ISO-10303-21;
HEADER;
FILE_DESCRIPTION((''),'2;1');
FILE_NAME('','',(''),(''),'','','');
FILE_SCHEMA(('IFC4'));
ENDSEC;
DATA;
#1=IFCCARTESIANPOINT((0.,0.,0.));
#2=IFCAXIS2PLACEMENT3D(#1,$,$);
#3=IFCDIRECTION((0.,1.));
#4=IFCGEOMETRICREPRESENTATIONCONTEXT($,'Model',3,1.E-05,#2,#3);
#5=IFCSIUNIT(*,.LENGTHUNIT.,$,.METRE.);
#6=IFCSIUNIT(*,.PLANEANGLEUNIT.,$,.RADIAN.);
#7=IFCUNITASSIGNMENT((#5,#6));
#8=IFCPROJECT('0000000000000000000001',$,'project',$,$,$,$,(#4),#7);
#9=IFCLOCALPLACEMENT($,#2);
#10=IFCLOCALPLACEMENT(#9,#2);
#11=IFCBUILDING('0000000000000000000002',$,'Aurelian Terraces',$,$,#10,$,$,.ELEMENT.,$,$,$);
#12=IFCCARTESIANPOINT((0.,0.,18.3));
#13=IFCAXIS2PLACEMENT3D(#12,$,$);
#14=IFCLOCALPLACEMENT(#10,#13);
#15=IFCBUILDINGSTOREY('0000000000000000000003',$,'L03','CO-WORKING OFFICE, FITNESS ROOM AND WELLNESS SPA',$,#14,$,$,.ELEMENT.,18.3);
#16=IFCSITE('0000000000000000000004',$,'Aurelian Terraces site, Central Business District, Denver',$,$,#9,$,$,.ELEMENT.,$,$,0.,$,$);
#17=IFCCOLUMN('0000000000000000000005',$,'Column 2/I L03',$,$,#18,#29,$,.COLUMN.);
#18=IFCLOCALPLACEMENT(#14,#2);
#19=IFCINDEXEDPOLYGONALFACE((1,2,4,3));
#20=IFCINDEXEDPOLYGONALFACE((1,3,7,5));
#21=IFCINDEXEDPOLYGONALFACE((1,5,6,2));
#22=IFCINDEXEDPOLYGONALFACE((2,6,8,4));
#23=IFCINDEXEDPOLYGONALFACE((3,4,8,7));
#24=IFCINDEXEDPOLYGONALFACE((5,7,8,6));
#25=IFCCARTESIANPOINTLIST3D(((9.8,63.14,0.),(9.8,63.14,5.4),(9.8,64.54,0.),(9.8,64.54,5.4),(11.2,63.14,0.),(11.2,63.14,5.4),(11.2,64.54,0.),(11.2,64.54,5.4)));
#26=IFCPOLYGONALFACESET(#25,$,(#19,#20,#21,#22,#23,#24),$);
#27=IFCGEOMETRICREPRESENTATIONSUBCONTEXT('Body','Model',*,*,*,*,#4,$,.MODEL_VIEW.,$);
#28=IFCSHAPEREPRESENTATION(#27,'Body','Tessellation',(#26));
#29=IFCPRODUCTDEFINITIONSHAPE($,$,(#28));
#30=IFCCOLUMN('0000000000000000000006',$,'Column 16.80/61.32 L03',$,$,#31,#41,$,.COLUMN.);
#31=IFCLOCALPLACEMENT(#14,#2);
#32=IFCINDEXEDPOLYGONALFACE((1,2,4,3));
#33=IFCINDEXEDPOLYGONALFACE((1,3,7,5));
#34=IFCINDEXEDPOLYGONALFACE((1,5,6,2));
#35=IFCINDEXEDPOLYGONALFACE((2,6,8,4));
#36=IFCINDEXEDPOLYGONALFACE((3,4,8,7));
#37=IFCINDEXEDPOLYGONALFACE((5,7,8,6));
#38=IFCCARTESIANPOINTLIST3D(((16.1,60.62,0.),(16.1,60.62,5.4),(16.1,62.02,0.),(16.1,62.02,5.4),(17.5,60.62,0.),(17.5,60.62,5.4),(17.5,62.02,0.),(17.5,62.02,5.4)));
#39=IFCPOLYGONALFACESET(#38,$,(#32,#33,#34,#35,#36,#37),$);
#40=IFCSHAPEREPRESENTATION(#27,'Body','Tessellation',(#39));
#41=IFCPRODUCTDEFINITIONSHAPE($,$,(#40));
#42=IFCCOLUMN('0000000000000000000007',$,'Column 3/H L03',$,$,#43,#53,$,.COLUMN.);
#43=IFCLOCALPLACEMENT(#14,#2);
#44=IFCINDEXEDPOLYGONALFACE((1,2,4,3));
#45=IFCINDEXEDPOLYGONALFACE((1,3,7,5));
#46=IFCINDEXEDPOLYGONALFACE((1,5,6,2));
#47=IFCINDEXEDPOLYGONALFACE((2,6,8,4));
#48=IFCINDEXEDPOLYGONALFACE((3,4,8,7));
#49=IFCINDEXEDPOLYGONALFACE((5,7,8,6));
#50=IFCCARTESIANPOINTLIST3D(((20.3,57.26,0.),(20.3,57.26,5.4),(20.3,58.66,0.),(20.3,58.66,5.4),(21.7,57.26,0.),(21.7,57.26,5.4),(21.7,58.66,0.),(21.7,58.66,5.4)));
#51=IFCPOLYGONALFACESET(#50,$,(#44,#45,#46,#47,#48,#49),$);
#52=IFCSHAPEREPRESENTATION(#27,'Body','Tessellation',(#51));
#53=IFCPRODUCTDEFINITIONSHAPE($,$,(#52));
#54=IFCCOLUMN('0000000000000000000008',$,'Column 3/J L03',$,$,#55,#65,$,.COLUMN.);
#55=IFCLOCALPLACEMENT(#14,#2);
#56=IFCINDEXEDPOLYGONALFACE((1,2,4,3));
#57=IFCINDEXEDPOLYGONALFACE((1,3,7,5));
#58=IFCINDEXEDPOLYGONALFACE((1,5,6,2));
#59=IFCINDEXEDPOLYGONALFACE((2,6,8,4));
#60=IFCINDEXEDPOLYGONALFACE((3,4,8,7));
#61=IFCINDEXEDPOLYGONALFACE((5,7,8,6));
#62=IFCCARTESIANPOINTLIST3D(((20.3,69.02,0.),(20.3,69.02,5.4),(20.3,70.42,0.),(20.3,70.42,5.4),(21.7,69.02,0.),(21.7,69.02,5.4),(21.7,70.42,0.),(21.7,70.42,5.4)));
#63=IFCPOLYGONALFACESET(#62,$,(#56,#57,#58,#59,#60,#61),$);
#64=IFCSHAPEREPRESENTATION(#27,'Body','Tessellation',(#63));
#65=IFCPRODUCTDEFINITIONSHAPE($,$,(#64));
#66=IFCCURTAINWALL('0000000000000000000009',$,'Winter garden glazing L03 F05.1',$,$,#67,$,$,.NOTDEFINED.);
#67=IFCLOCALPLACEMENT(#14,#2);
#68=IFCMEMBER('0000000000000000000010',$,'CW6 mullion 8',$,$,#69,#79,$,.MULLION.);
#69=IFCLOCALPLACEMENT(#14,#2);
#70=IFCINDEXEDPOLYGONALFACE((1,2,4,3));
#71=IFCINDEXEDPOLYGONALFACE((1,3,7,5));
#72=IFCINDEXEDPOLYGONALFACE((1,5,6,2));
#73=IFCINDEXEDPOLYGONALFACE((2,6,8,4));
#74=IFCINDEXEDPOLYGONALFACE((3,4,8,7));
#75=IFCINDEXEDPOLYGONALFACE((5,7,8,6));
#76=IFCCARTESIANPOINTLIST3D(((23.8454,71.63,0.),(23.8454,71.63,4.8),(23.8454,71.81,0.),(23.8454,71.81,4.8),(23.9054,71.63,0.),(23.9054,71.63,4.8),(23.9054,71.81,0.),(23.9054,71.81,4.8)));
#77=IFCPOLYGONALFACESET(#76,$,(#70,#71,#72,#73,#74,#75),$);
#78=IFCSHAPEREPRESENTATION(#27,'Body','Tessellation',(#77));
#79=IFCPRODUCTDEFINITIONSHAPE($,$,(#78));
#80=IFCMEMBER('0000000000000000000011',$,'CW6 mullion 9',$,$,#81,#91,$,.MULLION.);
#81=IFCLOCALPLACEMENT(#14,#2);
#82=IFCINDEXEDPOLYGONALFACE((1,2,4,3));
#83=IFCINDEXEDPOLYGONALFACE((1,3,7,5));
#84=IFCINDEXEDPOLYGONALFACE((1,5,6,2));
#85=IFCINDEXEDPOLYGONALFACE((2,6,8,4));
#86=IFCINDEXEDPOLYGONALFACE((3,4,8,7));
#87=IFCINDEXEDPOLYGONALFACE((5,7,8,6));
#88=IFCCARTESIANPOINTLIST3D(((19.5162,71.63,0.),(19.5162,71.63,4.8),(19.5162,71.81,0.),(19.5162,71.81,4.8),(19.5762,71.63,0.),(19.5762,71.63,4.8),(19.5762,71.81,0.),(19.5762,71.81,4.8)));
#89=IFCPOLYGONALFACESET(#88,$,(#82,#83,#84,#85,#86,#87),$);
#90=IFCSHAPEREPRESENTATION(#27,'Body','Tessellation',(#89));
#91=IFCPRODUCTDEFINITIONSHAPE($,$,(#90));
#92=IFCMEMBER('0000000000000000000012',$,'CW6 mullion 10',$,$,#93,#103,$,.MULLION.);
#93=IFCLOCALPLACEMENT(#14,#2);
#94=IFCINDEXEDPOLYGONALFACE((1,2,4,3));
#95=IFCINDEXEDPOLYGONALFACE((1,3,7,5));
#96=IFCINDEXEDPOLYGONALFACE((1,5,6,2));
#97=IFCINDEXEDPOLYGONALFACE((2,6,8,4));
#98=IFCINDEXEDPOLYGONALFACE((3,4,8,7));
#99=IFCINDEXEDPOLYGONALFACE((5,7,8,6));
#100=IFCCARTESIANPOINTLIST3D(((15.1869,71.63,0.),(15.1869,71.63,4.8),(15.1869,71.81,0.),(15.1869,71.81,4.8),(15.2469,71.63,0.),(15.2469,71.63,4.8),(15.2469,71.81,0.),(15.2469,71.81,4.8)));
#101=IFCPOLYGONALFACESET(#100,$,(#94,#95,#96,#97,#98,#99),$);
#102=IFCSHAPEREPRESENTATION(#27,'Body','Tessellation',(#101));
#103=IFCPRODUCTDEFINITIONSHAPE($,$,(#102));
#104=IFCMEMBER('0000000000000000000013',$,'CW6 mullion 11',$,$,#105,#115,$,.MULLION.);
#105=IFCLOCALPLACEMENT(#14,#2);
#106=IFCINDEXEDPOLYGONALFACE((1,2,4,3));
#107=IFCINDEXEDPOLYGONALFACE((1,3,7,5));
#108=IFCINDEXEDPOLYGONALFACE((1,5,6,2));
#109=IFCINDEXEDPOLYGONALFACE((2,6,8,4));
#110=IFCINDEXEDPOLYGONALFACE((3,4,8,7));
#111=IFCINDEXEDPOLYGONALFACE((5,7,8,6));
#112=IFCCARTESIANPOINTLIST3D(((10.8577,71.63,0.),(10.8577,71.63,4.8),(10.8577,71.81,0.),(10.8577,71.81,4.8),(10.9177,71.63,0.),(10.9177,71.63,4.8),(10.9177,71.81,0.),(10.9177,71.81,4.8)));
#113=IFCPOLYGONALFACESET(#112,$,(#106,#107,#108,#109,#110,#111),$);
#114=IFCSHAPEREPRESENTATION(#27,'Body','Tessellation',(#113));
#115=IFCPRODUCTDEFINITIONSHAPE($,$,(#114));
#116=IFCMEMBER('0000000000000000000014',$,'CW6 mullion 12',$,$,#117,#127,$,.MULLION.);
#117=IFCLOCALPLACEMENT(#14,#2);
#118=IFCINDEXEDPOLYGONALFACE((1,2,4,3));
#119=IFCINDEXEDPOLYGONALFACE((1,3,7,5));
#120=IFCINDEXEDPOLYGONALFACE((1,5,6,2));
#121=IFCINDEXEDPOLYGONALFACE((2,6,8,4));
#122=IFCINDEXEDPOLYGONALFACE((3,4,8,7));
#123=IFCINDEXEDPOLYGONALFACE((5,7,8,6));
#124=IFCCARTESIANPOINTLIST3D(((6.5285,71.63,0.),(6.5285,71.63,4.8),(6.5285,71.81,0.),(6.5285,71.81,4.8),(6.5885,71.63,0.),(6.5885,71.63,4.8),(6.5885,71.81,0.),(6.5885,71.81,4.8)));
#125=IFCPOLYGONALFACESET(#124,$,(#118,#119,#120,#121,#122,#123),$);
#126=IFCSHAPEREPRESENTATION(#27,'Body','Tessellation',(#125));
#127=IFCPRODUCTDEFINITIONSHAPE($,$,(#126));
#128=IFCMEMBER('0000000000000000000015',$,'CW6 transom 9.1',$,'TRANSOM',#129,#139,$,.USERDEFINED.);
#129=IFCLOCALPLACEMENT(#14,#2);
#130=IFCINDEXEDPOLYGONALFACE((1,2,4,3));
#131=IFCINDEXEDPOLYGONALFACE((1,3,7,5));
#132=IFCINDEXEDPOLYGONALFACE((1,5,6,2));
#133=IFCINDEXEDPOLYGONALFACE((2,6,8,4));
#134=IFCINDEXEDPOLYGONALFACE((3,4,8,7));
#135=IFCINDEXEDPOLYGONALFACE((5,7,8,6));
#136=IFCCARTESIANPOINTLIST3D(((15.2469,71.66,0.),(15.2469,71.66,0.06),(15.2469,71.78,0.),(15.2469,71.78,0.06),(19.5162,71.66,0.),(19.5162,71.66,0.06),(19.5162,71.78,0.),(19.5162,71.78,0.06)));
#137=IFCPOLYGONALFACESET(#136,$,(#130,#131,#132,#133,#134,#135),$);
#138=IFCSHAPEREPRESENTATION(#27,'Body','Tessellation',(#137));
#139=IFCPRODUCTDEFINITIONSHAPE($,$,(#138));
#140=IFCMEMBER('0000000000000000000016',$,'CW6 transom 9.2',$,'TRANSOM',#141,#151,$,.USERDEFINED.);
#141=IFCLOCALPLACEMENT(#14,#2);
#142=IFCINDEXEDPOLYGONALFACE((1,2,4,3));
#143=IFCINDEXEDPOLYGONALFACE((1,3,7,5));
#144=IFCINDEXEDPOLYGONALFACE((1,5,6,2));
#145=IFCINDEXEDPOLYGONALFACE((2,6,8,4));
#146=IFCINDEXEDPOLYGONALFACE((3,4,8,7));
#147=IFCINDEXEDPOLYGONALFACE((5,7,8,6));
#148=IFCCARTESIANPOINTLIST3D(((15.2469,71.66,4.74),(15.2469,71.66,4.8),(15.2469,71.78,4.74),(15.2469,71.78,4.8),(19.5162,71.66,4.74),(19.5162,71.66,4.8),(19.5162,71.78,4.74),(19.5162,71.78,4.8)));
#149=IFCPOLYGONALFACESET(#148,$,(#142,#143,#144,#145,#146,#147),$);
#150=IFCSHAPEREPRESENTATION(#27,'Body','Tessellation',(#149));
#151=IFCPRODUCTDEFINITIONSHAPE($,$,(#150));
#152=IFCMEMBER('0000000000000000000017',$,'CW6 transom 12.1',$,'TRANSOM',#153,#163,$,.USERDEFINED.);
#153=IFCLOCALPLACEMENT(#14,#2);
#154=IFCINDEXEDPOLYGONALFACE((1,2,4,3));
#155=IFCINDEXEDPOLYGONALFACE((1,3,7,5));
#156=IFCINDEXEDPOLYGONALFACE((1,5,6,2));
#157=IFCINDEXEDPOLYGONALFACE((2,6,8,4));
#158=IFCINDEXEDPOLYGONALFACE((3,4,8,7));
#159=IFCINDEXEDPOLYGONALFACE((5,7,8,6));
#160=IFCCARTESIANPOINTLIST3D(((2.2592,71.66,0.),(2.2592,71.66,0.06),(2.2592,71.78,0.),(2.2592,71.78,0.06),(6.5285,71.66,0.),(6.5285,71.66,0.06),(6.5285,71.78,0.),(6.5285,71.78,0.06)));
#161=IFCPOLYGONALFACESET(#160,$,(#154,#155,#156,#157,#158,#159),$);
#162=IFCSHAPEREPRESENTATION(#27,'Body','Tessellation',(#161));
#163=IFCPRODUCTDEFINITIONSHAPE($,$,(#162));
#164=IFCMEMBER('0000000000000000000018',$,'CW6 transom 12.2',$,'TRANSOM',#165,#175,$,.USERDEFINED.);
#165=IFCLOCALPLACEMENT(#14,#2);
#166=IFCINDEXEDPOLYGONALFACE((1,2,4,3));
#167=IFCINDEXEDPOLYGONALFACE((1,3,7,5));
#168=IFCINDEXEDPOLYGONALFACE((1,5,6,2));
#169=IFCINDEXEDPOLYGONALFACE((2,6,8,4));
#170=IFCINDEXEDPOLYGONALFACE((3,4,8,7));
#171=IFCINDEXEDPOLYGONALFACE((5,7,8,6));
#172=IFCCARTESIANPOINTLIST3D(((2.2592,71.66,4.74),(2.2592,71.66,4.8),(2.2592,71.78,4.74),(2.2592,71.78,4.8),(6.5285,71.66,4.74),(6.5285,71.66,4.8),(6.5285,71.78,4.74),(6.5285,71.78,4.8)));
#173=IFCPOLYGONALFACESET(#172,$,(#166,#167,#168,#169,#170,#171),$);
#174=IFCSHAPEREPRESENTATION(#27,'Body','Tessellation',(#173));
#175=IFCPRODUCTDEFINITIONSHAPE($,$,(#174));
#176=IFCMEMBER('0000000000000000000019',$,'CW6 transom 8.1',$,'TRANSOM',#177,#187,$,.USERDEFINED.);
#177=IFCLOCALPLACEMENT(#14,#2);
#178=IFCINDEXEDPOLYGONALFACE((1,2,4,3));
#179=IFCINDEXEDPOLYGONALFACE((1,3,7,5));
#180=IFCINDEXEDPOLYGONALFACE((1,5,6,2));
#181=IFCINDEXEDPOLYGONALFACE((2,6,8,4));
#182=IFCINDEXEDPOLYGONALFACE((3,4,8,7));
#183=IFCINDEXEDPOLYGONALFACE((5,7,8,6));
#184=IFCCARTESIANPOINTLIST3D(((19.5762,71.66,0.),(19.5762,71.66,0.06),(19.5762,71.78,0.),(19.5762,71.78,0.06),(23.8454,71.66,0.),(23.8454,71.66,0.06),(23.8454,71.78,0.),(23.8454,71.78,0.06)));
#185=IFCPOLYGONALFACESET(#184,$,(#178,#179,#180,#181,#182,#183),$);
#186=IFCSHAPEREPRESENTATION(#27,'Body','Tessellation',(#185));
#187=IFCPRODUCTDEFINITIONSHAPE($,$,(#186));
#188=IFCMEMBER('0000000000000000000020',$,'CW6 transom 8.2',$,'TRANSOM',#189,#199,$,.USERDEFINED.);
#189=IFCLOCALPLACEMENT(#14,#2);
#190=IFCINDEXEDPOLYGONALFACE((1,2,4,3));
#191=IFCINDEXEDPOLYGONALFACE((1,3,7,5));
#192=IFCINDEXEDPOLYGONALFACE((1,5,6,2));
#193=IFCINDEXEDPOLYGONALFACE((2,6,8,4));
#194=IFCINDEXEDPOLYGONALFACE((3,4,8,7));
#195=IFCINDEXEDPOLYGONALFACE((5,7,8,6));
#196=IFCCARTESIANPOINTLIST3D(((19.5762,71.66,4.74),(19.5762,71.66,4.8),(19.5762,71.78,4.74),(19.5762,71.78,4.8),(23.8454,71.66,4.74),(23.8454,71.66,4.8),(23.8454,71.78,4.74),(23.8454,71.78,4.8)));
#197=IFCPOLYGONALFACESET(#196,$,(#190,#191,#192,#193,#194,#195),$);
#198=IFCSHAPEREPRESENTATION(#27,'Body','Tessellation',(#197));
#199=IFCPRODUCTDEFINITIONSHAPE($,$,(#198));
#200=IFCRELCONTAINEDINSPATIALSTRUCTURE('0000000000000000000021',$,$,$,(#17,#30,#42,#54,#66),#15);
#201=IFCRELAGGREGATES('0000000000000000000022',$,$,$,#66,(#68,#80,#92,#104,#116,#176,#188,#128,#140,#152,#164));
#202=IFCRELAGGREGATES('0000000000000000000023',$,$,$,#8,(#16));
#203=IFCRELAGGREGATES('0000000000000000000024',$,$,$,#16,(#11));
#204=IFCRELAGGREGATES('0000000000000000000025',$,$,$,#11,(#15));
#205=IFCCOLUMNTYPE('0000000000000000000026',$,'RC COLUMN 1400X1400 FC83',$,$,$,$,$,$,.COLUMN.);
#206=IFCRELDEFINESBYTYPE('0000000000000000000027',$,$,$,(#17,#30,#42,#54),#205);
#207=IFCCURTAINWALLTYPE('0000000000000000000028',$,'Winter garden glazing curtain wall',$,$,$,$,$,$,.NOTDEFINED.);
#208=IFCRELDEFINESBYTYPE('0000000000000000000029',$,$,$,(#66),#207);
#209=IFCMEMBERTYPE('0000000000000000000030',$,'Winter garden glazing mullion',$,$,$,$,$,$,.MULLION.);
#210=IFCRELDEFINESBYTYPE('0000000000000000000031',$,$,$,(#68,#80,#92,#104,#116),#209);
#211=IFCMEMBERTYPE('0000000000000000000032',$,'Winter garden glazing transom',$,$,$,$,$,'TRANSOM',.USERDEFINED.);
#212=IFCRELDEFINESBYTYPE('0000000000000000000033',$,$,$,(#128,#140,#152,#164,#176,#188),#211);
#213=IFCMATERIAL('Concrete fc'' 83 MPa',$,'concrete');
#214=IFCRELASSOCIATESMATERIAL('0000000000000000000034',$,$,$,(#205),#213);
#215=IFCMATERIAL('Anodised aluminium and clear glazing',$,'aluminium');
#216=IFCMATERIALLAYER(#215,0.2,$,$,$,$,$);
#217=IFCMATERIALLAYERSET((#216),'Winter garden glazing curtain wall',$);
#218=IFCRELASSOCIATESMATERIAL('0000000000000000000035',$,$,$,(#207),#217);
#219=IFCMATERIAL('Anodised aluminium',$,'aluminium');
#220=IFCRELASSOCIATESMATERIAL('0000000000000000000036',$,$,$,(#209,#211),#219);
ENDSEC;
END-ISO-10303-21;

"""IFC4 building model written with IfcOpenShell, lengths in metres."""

from ifc_helpers import new_model, si_unit, direction, frame, origin, origin_2d, place, context, subcontext, project, spatial, rectangle, extrude, source, transform, mapped, material, layer, layer_set, material_profile, profile_set, type_object, element, aggregate, save


model = new_model("IFC4")

# Units and contexts
model_context = context("Model", 3, precision=1e-05, world=origin(), true_north=direction((0.0, 1.0)))
body_context = subcontext(model_context, "Body", "Model", "MODEL_VIEW")
ifc_project = project(units=[si_unit("LENGTHUNIT", "METRE"), si_unit("PLANEANGLEUNIT", "RADIAN")], contexts=[model_context])

# Site, building, storey
site_placement = place(None, origin())
site = spatial("IfcSite", under=ifc_project, at=site_placement, Name="Aurelian Terraces site, Central Business District, Denver", CompositionType="ELEMENT", RefElevation=0.0)
building_placement = place(site_placement, origin())
building = spatial("IfcBuilding", under=site, at=building_placement, Name="Aurelian Terraces", CompositionType="ELEMENT")
storey_placement = place(building_placement, frame((0.0, 0.0, 18.3)))
storey = spatial("IfcBuildingStorey", under=building, at=storey_placement, Name="L03", Description="CO-WORKING OFFICE, FITNESS ROOM AND WELLNESS SPA", CompositionType="ELEMENT", Elevation=18.3)

# Columns
ifc_material_1 = material(Name="Concrete fc' 83 MPa", Category="concrete")
ifc_material_profile_1 = material_profile(ifc_material_1, rectangle(XDim=1.4, YDim=1.4, at=origin_2d()))
ifc_profile_set_1 = profile_set([ifc_material_profile_1], Name="Concrete fc' 83 MPa")
column_type = type_object("IfcColumnType", Name="RC COLUMN 1400X1400 FC83", PredefinedType="COLUMN", material=ifc_profile_set_1)
shared_shape_1 = source(origin(), body_context, "Body", "SweptSolid", [
    extrude(rectangle(XDim=1.4, YDim=1.4, at=origin_2d()), origin(), (0.0, 0.0, 1.0), 5.4),
])
for number, where, z_axis, x_axis, name in (
    (1, (10.5, 63.84, 0.0), (0.0, 0.0, 1.0), (1.0, 0.0, 0.0), "Column 2/I L03"),
    (2, (16.8, 61.32, 0.0), (0.0, 0.0, 1.0), (1.0, 0.0, 0.0), "Column 16.80/61.32 L03"),
    (3, (21.0, 57.96, 0.0), (0.0, 0.0, 1.0), (1.0, 0.0, 0.0), "Column 3/H L03"),
    (4, (21.0, 69.72, 0.0), (0.0, 0.0, 1.0), (1.0, 0.0, 0.0), "Column 3/J L03"),
):
    element("IfcColumn", number, at=place(storey_placement, frame(where, z_axis=z_axis, x_axis=x_axis)), inside=storey, type_object=column_type, Name=name, PredefinedType="COLUMN", context=body_context, shape_type="MappedRepresentation", body=[
        mapped(shared_shape_1, transform((0.0, 0.0, 0.0), scale=1.0)),
    ])

# Curtain wall, members
ifc_material_2 = material(Name="Anodised aluminium and clear glazing", Category="aluminium")
ifc_layer_1 = layer(ifc_material_2, 0.2)
ifc_layer_set_1 = layer_set([ifc_layer_1], Name="Winter garden glazing curtain wall")
curtain_wall_type = type_object("IfcCurtainWallType", Name="Winter garden glazing curtain wall", PredefinedType="NOTDEFINED", material=ifc_layer_set_1)
curtain_wall_placement = place(storey_placement, origin())
curtain_wall = element("IfcCurtainWall", 5, at=curtain_wall_placement, inside=storey, type_object=curtain_wall_type, Name="Winter garden glazing L03 F05.1", PredefinedType="NOTDEFINED")
ifc_material_3 = material(Name="Anodised aluminium", Category="aluminium")
ifc_material_profile_2 = material_profile(ifc_material_3, rectangle(XDim=0.18, YDim=0.06, at=origin_2d()))
ifc_profile_set_2 = profile_set([ifc_material_profile_2], Name="Anodised aluminium")
member_type_1 = type_object("IfcMemberType", Name="Winter garden glazing mullion", PredefinedType="MULLION", material=ifc_profile_set_2)
shared_shape_2 = source(origin(), body_context, "Body", "SweptSolid", [
    extrude(rectangle(XDim=0.18, YDim=0.06, at=origin_2d()), origin(), (0.0, 0.0, 1.0), 4.8),
])
member_1_placement = place(storey_placement, frame((23.8754, 71.72, 0.0), z_axis=(0.0, 0.0, 1.0), x_axis=(0.0, -1.0, 0.0)))
member_1 = element("IfcMember", 6, at=member_1_placement, type_object=member_type_1, Name="CW6 mullion 8", PredefinedType="MULLION", context=body_context, shape_type="MappedRepresentation", body=[
    mapped(shared_shape_2, transform((0.0, 0.0, 0.0), scale=1.0)),
])
member_2_placement = place(storey_placement, frame((19.5462, 71.72, 0.0), z_axis=(0.0, 0.0, 1.0), x_axis=(0.0, -1.0, 0.0)))
member_2 = element("IfcMember", 7, at=member_2_placement, type_object=member_type_1, Name="CW6 mullion 9", PredefinedType="MULLION", context=body_context, shape_type="MappedRepresentation", body=[
    mapped(shared_shape_2, transform((0.0, 0.0, 0.0), scale=1.0)),
])
member_3_placement = place(storey_placement, frame((15.2169, 71.72, 0.0), z_axis=(0.0, 0.0, 1.0), x_axis=(0.0, -1.0, 0.0)))
member_3 = element("IfcMember", 8, at=member_3_placement, type_object=member_type_1, Name="CW6 mullion 10", PredefinedType="MULLION", context=body_context, shape_type="MappedRepresentation", body=[
    mapped(shared_shape_2, transform((0.0, 0.0, 0.0), scale=1.0)),
])
member_4_placement = place(storey_placement, frame((10.8877, 71.72, 0.0), z_axis=(0.0, 0.0, 1.0), x_axis=(0.0, -1.0, 0.0)))
member_4 = element("IfcMember", 9, at=member_4_placement, type_object=member_type_1, Name="CW6 mullion 11", PredefinedType="MULLION", context=body_context, shape_type="MappedRepresentation", body=[
    mapped(shared_shape_2, transform((0.0, 0.0, 0.0), scale=1.0)),
])
member_5_placement = place(storey_placement, frame((6.5585, 71.72, 0.0), z_axis=(0.0, 0.0, 1.0), x_axis=(0.0, -1.0, 0.0)))
member_5 = element("IfcMember", 10, at=member_5_placement, type_object=member_type_1, Name="CW6 mullion 12", PredefinedType="MULLION", context=body_context, shape_type="MappedRepresentation", body=[
    mapped(shared_shape_2, transform((0.0, 0.0, 0.0), scale=1.0)),
])
ifc_material_profile_3 = material_profile(ifc_material_3, rectangle(XDim=0.12, YDim=0.06, at=origin_2d()))
ifc_profile_set_3 = profile_set([ifc_material_profile_3], Name="Anodised aluminium")
member_type_2 = type_object("IfcMemberType", Name="Winter garden glazing transom", ElementType="TRANSOM", PredefinedType="USERDEFINED", material=ifc_profile_set_3)
shared_shape_3 = source(origin(), body_context, "Body", "SweptSolid", [
    extrude(rectangle(XDim=0.12, YDim=0.06, at=origin_2d()), origin(), (0.0, 0.0, 1.0), 4.2693),
])
member_6_placement = place(storey_placement, frame((19.5162, 71.72, 0.03), z_axis=(-1.0, 0.0, 0.0), x_axis=(0.0, -1.0, 0.0)))
member_6 = element("IfcMember", 11, at=member_6_placement, type_object=member_type_2, Name="CW6 transom 9.1", ObjectType="TRANSOM", PredefinedType="USERDEFINED", context=body_context, shape_type="MappedRepresentation", body=[
    mapped(shared_shape_3, transform((0.0, 0.0, 0.0), scale=1.0)),
])
member_7_placement = place(storey_placement, frame((19.5162, 71.72, 4.77), z_axis=(-1.0, 0.0, 0.0), x_axis=(0.0, -1.0, 0.0)))
member_7 = element("IfcMember", 12, at=member_7_placement, type_object=member_type_2, Name="CW6 transom 9.2", ObjectType="TRANSOM", PredefinedType="USERDEFINED", context=body_context, shape_type="MappedRepresentation", body=[
    mapped(shared_shape_3, transform((0.0, 0.0, 0.0), scale=1.0)),
])
member_8_placement = place(storey_placement, frame((6.5285, 71.72, 0.03), z_axis=(-1.0, 0.0, 0.0), x_axis=(0.0, -1.0, 0.0)))
member_8 = element("IfcMember", 13, at=member_8_placement, type_object=member_type_2, Name="CW6 transom 12.1", ObjectType="TRANSOM", PredefinedType="USERDEFINED", context=body_context, shape_type="MappedRepresentation", body=[
    mapped(shared_shape_3, transform((0.0, 0.0, 0.0), scale=1.0)),
])
member_9_placement = place(storey_placement, frame((6.5285, 71.72, 4.77), z_axis=(-1.0, 0.0, 0.0), x_axis=(0.0, -1.0, 0.0)))
member_9 = element("IfcMember", 14, at=member_9_placement, type_object=member_type_2, Name="CW6 transom 12.2", ObjectType="TRANSOM", PredefinedType="USERDEFINED", context=body_context, shape_type="MappedRepresentation", body=[
    mapped(shared_shape_3, transform((0.0, 0.0, 0.0), scale=1.0)),
])
shared_shape_4 = source(origin(), body_context, "Body", "SweptSolid", [
    extrude(rectangle(XDim=0.12, YDim=0.06, at=origin_2d()), origin(), (0.0, 0.0, 1.0), 4.2692),
])
member_10_placement = place(storey_placement, frame((23.8454, 71.72, 0.03), z_axis=(-1.0, 0.0, 0.0), x_axis=(0.0, -1.0, 0.0)))
member_10 = element("IfcMember", 15, at=member_10_placement, type_object=member_type_2, Name="CW6 transom 8.1", ObjectType="TRANSOM", PredefinedType="USERDEFINED", context=body_context, shape_type="MappedRepresentation", body=[
    mapped(shared_shape_4, transform((0.0, 0.0, 0.0), scale=1.0)),
])
member_11_placement = place(storey_placement, frame((23.8454, 71.72, 4.77), z_axis=(-1.0, 0.0, 0.0), x_axis=(0.0, -1.0, 0.0)))
member_11 = element("IfcMember", 16, at=member_11_placement, type_object=member_type_2, Name="CW6 transom 8.2", ObjectType="TRANSOM", PredefinedType="USERDEFINED", context=body_context, shape_type="MappedRepresentation", body=[
    mapped(shared_shape_4, transform((0.0, 0.0, 0.0), scale=1.0)),
])
aggregate(curtain_wall, [member_1, member_2, member_3, member_4, member_5, member_10, member_11, member_6, member_7, member_8, member_9])

save(model, "model.ifc")
